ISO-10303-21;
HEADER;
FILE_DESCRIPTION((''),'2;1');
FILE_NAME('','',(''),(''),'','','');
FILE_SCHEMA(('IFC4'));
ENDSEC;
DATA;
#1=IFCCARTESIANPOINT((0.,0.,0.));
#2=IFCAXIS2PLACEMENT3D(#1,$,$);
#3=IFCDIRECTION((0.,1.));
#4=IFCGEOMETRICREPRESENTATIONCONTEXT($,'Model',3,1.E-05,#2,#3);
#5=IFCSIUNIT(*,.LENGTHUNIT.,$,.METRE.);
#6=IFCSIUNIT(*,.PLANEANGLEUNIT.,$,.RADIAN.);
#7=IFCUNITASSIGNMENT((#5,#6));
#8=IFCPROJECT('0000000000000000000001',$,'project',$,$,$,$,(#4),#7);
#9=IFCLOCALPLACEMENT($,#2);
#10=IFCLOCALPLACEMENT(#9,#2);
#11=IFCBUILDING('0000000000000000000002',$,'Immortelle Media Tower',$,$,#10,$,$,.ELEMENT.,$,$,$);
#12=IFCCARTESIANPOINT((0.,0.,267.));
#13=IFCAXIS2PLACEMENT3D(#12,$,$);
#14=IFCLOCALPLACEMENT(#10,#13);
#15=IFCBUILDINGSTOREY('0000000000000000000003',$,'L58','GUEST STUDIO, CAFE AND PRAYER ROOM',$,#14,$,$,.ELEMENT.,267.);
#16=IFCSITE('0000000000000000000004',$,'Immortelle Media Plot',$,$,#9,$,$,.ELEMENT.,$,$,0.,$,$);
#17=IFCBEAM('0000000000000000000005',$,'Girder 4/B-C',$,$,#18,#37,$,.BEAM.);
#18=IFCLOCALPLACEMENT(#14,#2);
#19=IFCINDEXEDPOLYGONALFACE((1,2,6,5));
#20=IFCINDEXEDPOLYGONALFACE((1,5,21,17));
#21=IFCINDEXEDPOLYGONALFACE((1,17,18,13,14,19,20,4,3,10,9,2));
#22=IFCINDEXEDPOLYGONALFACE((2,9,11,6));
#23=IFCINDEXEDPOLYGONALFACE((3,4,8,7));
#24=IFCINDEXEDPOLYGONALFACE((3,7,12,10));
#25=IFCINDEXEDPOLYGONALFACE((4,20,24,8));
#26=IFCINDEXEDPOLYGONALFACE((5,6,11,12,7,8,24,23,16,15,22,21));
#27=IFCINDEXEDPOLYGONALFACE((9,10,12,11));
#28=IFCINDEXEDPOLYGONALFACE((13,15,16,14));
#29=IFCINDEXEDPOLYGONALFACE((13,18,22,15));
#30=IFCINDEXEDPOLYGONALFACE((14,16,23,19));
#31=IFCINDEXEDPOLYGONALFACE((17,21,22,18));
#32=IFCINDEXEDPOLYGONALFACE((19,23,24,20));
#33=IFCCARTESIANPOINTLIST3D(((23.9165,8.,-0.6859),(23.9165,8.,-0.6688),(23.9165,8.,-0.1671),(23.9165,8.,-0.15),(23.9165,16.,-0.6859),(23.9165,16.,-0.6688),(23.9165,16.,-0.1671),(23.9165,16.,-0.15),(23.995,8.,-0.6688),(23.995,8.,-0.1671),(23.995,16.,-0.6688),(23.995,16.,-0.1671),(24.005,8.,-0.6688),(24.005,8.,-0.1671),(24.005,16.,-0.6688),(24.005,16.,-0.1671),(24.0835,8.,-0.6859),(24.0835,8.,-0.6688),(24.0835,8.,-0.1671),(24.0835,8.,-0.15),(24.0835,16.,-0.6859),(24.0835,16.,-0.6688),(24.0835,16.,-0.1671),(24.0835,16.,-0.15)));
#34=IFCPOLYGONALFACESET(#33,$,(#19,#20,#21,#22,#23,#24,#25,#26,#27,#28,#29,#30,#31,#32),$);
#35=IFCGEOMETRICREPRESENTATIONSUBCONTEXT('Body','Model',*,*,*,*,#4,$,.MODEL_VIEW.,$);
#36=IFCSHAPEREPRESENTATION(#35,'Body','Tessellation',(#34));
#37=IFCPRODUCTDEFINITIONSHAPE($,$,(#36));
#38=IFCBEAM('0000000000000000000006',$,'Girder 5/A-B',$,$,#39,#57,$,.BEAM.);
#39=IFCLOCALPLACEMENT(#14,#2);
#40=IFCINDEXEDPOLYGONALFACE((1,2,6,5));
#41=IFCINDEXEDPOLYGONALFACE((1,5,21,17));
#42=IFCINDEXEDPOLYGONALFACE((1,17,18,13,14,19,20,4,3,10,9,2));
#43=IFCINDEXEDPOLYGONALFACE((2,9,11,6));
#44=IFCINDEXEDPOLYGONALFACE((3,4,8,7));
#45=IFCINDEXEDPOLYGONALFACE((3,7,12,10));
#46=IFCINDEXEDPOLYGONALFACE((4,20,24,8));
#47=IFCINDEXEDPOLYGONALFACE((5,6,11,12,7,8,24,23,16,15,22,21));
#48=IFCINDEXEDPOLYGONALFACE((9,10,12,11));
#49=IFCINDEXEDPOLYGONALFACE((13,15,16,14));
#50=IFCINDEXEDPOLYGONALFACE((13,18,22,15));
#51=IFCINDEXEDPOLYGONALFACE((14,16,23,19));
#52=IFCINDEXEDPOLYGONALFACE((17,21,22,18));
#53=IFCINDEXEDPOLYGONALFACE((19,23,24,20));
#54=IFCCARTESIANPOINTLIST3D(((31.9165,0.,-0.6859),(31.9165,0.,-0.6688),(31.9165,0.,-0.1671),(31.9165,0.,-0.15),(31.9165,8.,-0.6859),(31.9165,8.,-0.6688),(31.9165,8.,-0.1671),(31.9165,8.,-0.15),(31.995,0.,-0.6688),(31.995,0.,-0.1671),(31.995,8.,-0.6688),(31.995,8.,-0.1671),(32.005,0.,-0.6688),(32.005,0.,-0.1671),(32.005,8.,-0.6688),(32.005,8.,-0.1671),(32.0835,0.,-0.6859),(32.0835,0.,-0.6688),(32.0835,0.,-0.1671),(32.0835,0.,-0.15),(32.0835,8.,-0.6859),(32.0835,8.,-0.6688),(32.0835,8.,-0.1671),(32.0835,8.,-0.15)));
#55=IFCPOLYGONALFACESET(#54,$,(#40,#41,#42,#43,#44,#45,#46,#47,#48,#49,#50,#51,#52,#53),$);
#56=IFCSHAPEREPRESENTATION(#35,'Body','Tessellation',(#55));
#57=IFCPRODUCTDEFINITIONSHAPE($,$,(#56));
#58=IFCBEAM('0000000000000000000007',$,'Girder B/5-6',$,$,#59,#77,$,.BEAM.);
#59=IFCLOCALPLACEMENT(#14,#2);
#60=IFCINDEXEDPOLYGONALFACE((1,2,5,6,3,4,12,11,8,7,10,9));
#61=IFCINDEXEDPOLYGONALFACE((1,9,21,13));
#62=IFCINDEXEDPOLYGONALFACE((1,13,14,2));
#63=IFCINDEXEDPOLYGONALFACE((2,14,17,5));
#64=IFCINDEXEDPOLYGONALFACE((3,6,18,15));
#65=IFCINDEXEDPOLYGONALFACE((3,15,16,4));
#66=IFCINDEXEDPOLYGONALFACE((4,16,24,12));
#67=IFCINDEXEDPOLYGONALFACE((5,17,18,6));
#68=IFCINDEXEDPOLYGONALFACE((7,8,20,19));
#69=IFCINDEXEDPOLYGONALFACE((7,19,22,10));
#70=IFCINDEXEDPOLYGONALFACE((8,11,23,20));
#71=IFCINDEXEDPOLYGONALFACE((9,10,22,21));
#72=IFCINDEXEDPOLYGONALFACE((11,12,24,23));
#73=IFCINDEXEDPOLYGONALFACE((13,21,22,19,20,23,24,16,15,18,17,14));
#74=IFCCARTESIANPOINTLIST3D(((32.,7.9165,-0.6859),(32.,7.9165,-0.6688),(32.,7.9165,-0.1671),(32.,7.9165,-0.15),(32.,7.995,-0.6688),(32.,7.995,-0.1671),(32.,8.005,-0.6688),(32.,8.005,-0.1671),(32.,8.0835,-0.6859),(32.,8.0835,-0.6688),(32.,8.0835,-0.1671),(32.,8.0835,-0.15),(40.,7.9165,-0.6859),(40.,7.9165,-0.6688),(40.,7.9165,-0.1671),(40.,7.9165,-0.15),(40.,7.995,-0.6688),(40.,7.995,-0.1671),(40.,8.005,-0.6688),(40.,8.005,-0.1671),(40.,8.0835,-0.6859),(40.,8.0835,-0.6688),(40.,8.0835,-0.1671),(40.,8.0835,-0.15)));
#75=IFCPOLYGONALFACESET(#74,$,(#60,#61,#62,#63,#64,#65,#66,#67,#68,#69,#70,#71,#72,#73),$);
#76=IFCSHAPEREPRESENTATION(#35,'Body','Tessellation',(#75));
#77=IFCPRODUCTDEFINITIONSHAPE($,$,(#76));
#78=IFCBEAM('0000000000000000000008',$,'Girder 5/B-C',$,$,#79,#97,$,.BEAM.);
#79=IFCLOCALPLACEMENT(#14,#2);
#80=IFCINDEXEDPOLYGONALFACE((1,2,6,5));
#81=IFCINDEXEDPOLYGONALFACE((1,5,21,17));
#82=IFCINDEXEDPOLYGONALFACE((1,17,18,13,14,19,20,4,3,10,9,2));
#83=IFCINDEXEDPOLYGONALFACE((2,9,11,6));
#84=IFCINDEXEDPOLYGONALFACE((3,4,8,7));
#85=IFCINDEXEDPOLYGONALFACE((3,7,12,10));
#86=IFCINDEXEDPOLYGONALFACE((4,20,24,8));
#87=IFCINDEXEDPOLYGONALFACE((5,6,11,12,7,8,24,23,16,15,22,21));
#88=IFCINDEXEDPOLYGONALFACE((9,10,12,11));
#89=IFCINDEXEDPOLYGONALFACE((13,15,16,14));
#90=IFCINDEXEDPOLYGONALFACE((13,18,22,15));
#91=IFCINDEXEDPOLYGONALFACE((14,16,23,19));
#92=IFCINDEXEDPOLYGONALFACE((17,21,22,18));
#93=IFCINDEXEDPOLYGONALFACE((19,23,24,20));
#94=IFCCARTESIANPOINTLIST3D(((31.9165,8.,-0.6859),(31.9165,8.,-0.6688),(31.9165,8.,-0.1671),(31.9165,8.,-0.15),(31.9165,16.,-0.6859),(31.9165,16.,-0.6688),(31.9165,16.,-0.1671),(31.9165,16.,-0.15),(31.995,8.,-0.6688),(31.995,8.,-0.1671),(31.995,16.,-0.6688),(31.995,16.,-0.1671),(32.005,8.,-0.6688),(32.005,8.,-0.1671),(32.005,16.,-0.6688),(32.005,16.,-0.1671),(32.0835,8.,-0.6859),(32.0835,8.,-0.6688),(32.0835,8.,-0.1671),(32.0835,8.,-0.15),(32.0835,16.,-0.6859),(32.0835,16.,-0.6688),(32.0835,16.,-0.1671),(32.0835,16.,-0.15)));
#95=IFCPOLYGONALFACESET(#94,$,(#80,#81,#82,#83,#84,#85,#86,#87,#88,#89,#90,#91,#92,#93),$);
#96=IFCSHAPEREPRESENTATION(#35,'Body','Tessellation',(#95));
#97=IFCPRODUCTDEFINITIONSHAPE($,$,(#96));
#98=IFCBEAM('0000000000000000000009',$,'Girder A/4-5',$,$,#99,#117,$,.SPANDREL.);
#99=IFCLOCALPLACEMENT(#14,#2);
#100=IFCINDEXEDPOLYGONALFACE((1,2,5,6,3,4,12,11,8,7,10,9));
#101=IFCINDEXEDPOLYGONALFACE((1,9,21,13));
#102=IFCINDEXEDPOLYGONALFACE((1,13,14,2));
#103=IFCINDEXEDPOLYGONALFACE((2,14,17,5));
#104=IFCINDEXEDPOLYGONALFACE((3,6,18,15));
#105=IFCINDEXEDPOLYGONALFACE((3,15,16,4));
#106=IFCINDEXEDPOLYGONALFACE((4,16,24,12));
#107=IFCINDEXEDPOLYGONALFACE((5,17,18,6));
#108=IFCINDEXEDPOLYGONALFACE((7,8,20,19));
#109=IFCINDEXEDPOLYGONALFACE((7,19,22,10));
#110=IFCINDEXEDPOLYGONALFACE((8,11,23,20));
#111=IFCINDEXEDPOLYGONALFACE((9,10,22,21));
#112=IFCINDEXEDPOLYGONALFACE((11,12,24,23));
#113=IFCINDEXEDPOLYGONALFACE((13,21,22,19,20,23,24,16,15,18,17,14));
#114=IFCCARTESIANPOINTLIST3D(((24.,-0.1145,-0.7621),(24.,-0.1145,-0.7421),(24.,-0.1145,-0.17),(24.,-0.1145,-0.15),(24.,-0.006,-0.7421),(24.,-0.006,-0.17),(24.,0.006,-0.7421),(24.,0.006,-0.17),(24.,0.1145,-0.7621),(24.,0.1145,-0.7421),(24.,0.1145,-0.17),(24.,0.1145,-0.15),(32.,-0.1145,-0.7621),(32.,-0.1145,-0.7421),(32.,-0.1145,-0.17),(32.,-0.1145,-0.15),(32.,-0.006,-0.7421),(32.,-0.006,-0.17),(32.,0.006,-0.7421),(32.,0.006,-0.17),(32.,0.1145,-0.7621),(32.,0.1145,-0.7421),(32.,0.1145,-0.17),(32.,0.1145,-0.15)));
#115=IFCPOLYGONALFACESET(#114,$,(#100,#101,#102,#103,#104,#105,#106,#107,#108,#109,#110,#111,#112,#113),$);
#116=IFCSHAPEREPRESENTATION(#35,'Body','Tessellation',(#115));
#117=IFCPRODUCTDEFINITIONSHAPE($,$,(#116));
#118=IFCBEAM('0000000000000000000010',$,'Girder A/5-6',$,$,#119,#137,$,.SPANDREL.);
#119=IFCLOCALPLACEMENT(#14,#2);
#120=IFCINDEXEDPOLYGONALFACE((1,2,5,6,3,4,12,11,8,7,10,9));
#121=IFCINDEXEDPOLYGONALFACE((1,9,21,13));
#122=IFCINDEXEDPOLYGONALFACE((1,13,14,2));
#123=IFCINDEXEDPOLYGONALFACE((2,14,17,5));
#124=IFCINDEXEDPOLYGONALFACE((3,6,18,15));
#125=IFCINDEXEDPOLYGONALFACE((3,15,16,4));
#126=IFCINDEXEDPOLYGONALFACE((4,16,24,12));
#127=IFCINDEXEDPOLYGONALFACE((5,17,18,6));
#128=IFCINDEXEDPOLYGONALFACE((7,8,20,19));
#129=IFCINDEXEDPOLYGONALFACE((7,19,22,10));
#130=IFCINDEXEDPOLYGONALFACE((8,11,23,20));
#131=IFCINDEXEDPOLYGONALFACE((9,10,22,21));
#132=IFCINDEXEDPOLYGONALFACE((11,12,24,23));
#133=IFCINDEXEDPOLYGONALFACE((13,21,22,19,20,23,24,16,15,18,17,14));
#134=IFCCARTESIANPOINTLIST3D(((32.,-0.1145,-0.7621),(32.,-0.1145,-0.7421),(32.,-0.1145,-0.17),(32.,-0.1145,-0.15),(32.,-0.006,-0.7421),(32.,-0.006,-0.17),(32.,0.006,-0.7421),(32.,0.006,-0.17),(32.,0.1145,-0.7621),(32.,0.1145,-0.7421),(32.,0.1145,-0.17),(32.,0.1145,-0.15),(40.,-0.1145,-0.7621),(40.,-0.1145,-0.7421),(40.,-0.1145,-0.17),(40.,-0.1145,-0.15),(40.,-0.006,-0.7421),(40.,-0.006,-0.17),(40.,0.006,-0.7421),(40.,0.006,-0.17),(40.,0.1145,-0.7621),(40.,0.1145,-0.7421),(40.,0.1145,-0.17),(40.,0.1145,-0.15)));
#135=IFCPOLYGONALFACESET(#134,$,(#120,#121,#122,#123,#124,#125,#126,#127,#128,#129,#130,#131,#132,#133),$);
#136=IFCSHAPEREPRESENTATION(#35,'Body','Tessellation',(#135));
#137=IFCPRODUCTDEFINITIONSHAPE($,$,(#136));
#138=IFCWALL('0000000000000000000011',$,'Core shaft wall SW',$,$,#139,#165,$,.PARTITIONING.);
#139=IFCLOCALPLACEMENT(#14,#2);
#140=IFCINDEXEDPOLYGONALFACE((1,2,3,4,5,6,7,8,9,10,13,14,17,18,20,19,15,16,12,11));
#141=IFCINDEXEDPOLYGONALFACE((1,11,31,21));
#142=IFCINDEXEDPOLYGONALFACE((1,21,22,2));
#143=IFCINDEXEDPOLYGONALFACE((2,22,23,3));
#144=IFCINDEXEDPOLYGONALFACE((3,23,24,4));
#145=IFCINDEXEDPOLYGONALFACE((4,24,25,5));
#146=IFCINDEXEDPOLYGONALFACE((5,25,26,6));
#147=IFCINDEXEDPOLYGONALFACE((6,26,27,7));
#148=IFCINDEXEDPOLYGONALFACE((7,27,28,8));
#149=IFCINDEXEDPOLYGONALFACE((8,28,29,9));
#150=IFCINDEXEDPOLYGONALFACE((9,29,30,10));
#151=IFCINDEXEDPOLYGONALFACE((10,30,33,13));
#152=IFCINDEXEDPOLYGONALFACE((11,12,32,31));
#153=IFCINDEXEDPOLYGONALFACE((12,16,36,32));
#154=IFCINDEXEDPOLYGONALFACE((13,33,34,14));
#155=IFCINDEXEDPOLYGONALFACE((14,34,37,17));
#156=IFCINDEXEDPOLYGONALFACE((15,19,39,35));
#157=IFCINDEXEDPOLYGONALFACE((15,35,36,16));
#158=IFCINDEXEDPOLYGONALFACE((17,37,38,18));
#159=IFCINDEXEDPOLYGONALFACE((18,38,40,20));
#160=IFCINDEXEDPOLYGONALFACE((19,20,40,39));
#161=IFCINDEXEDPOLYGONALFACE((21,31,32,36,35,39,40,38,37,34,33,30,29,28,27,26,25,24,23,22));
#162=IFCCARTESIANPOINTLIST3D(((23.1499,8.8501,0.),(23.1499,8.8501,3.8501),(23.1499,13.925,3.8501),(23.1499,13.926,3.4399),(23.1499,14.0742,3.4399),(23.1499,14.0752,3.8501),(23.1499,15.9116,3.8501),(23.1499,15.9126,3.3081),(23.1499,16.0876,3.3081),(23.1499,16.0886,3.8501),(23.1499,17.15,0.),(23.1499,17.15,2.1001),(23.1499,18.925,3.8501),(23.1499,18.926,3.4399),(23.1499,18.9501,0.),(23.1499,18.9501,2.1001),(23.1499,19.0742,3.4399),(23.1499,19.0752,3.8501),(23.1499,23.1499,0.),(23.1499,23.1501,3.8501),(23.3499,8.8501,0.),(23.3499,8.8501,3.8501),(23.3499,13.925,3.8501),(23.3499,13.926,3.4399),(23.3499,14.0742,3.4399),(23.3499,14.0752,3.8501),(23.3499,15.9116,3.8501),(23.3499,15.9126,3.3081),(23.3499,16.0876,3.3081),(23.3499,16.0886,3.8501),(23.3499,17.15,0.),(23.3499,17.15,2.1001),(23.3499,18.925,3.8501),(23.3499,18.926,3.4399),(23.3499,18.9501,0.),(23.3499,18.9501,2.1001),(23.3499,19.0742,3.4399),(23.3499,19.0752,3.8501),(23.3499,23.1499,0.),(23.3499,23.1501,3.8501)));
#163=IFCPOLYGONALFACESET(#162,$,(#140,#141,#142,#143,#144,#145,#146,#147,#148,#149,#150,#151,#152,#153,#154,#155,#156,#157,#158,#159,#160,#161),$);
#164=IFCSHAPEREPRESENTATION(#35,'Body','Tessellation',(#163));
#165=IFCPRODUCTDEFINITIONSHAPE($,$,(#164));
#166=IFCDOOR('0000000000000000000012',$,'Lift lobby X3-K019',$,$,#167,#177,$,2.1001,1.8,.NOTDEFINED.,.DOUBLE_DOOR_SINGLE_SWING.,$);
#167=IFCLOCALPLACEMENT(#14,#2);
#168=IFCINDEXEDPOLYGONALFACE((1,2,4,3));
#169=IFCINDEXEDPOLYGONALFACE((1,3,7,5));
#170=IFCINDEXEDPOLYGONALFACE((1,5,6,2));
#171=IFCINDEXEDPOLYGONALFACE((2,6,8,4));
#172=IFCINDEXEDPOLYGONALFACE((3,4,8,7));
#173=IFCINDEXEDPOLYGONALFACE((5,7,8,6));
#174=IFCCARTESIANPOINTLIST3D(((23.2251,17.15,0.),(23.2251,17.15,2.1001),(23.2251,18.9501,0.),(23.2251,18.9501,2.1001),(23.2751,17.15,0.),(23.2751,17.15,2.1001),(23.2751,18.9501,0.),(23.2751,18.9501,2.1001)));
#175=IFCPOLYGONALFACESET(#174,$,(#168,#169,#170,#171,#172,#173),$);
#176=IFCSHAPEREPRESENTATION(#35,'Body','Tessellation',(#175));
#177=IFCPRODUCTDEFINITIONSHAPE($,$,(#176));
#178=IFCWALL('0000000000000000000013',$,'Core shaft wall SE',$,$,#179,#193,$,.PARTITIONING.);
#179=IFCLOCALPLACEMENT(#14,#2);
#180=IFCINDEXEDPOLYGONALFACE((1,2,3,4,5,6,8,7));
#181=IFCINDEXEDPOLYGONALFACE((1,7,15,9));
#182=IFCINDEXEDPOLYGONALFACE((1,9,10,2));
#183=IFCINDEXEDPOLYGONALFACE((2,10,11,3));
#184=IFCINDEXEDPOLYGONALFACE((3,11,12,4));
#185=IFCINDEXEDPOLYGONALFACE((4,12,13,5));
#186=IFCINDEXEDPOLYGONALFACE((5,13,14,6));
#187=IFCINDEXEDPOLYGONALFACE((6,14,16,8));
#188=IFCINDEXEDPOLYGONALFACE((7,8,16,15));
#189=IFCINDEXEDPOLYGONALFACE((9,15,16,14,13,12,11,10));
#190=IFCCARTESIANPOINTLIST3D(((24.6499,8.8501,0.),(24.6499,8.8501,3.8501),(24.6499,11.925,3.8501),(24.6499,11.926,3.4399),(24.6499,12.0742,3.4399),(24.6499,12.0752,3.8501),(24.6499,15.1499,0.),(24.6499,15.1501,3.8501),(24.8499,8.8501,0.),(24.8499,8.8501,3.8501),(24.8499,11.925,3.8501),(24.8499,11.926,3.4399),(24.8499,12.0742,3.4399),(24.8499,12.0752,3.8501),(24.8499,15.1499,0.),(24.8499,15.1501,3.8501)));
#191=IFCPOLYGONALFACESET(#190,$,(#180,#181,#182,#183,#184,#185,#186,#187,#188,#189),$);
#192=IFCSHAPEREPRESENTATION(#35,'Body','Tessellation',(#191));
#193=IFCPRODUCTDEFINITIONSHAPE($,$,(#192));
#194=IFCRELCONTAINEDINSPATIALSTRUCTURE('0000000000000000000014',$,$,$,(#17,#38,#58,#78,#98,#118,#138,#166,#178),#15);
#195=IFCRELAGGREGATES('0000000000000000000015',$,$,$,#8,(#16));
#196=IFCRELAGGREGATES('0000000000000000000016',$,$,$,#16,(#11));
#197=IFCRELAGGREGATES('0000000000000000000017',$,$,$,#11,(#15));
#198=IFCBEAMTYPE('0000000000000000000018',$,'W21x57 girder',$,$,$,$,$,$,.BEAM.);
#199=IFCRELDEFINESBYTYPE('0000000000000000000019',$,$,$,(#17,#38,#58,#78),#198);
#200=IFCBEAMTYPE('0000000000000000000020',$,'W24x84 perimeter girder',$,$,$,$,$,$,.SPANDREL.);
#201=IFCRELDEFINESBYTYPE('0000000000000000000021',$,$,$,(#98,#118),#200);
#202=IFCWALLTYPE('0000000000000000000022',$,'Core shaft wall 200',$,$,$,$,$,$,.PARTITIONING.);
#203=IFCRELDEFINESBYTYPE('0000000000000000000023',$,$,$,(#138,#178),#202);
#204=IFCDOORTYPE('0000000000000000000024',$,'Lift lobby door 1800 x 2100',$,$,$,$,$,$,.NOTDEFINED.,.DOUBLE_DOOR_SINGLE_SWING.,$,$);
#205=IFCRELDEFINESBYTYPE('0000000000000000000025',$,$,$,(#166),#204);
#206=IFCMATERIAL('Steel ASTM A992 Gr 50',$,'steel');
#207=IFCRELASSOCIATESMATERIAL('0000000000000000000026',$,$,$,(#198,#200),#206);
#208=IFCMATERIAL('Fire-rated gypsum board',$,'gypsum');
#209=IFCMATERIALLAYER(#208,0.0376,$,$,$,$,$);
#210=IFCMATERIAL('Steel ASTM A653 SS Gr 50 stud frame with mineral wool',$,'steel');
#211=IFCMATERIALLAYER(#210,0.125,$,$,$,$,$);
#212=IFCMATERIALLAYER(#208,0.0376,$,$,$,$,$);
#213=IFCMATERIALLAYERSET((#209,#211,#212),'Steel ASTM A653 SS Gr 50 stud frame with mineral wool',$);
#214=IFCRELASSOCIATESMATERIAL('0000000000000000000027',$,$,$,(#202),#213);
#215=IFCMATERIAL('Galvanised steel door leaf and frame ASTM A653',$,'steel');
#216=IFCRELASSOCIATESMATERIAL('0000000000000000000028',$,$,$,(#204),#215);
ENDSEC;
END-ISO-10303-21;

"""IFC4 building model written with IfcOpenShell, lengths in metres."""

from ifc_helpers import new_model, si_unit, direction, frame, frame_2d, origin, origin_2d, place, context, subcontext, project, spatial, polyline, rectangle, i_section, outline, extrude, material, layer, layer_set, material_profile, profile_set, type_object, element, fill, save


model = new_model("IFC4")

# Units and contexts
model_context = context("Model", 3, precision=1e-05, world=origin(), true_north=direction((0.0, 1.0)))
body_context = subcontext(model_context, "Body", "Model", "MODEL_VIEW")
ifc_project = project(units=[si_unit("LENGTHUNIT", "METRE"), si_unit("PLANEANGLEUNIT", "RADIAN")], contexts=[model_context])

# Site, building, storey
site_placement = place(None, origin())
site = spatial("IfcSite", under=ifc_project, at=site_placement, Name="Immortelle Media Plot", CompositionType="ELEMENT", RefElevation=0.0)
building_placement = place(site_placement, origin())
building = spatial("IfcBuilding", under=site, at=building_placement, Name="Immortelle Media Tower", CompositionType="ELEMENT")
storey_placement = place(building_placement, frame((0.0, 0.0, 267.0)))
storey = spatial("IfcBuildingStorey", under=building, at=storey_placement, Name="L58", Description="GUEST STUDIO, CAFE AND PRAYER ROOM", CompositionType="ELEMENT", Elevation=267.0)

# Shared definitions
ifc_material_1 = material(Name="Steel ASTM A992 Gr 50", Category="steel")

# Beams
ifc_material_profile_1 = material_profile(ifc_material_1, i_section(OverallWidth=0.167, OverallDepth=0.5359, WebThickness=0.01, FlangeThickness=0.0171, at=origin_2d()), Name="W21x57")
ifc_profile_set_1 = profile_set([ifc_material_profile_1], Name="Steel ASTM A992 Gr 50")
beam_type_1 = type_object("IfcBeamType", Name="W21x57 girder", PredefinedType="BEAM", material=ifc_profile_set_1)
for number, where, z_axis, x_axis, name in (
    (1, (24.0, 8.0, -0.418), (0.0, 1.0, 0.0), (-1.0, 0.0, 0.0), "Girder 4/B-C"),
    (2, (32.0, 0.0, -0.418), (0.0, 1.0, 0.0), (-1.0, 0.0, 0.0), "Girder 5/A-B"),
    (3, (32.0, 8.0, -0.418), (1.0, 0.0, 0.0), (0.0, 1.0, 0.0), "Girder B/5-6"),
    (4, (32.0, 8.0, -0.418), (0.0, 1.0, 0.0), (-1.0, 0.0, 0.0), "Girder 5/B-C"),
):
    element("IfcBeam", number, at=place(storey_placement, frame(where, z_axis=z_axis, x_axis=x_axis)), inside=storey, type_object=beam_type_1, Name=name, PredefinedType="BEAM", context=body_context, shape_type="SweptSolid", body=[
        extrude(i_section(OverallWidth=0.167, OverallDepth=0.5359, WebThickness=0.01, FlangeThickness=0.0171, at=origin_2d()), origin(), (0.0, 0.0, 1.0), 8.0),
    ])
ifc_material_profile_2 = material_profile(ifc_material_1, i_section(OverallWidth=0.229, OverallDepth=0.6121, WebThickness=0.012, FlangeThickness=0.02, at=origin_2d()), Name="W24x84")
ifc_profile_set_2 = profile_set([ifc_material_profile_2], Name="Steel ASTM A992 Gr 50")
beam_type_2 = type_object("IfcBeamType", Name="W24x84 perimeter girder", PredefinedType="SPANDREL", material=ifc_profile_set_2)
for number, where, z_axis, x_axis, name in (
    (5, (24.0, 0.0, -0.4561), (1.0, 0.0, 0.0), (0.0, 1.0, 0.0), "Girder A/4-5"),
    (6, (32.0, 0.0, -0.4561), (1.0, 0.0, 0.0), (0.0, 1.0, 0.0), "Girder A/5-6"),
):
    element("IfcBeam", number, at=place(storey_placement, frame(where, z_axis=z_axis, x_axis=x_axis)), inside=storey, type_object=beam_type_2, Name=name, PredefinedType="SPANDREL", context=body_context, shape_type="SweptSolid", body=[
        extrude(i_section(OverallWidth=0.229, OverallDepth=0.6121, WebThickness=0.012, FlangeThickness=0.02, at=origin_2d()), origin(), (0.0, 0.0, 1.0), 8.0),
    ])

# Wall, opening, door
ifc_material_2 = material(Name="Fire-rated gypsum board", Category="gypsum")
ifc_layer_1 = layer(ifc_material_2, 0.0376)
ifc_material_3 = material(Name="Steel ASTM A653 SS Gr 50 stud frame with mineral wool", Category="steel")
ifc_layer_2 = layer(ifc_material_3, 0.125)
ifc_layer_3 = layer(ifc_material_2, 0.0376)
ifc_layer_set_1 = layer_set([ifc_layer_1, ifc_layer_2, ifc_layer_3], Name="Steel ASTM A653 SS Gr 50 stud frame with mineral wool")
wall_type_1 = type_object("IfcWallType", Name="Core shaft wall 200", PredefinedType="PARTITIONING", material=ifc_layer_set_1)
wall_1_placement = place(storey_placement, frame((23.25, 8.8501, 0.0), z_axis=(0.0, 0.0, 1.0), x_axis=(0.0, 1.0, 0.0)))
wall_1 = element("IfcWall", 7, at=wall_1_placement, inside=storey, type_object=wall_type_1, Name="Core shaft wall SW", PredefinedType="PARTITIONING", context=body_context, shape_type="SweptSolid", body=[
    extrude(outline(polyline([(0.0, 0.0), (14.2998, 0.0), (14.3, 3.8501), (10.2251, 3.8501), (10.2241, 3.4399), (10.0759, 3.4399), (10.075, 3.8501), (7.2385, 3.8501), (7.2375, 3.3081), (7.0625, 3.3081), (7.0615, 3.8501), (5.2251, 3.8501), (5.2241, 3.4399), (5.0759, 3.4399), (5.075, 3.8501), (0.0, 3.8501), (0.0, 0.0)])), frame((0.0, 0.1001, 0.0), z_axis=(0.0, -1.0, 0.0), x_axis=(1.0, 0.0, 0.0)), (0.0, 0.0, 1.0), 0.2),
])
opening_1_placement = place(wall_1_placement, frame((8.3, 0.0, 0.0)))
opening_1 = element("IfcOpeningElement", 8, at=opening_1_placement, cuts=wall_1, PredefinedType="OPENING", context=body_context, shape_type="SweptSolid", body=[
    extrude(rectangle(XDim=1.8, YDim=2.1001, at=frame_2d((0.8999, 1.05))), frame((0.0, 0.1099, 0.0), z_axis=(0.0, -1.0, 0.0), x_axis=(1.0, 0.0, 0.0)), (0.0, 0.0, 1.0), 0.22),
])
ifc_material_4 = material(Name="Galvanised steel door leaf and frame ASTM A653", Category="steel")
door_type_1 = type_object("IfcDoorType", Name="Lift lobby door 1800 x 2100", OperationType="DOUBLE_DOOR_SINGLE_SWING", PredefinedType="NOTDEFINED", material=ifc_material_4)
door_1_placement = place(opening_1_placement, origin())
door_1 = element("IfcDoor", 9, at=door_1_placement, inside=storey, type_object=door_type_1, Name="Lift lobby X3-K019", OperationType="DOUBLE_DOOR_SINGLE_SWING", OverallHeight=2.1001, OverallWidth=1.8, PredefinedType="NOTDEFINED", context=body_context, shape_type="SweptSolid", body=[
    extrude(rectangle(XDim=1.8, YDim=2.1001, at=frame_2d((0.8999, 1.05))), frame((0.0, 0.0249, 0.0), z_axis=(0.0, -1.0, 0.0), x_axis=(1.0, 0.0, 0.0)), (0.0, 0.0, 1.0), 0.05),
])
fill(opening_1, door_1)

# Wall
wall_2_placement = place(storey_placement, frame((24.75, 8.8501, 0.0), z_axis=(0.0, 0.0, 1.0), x_axis=(0.0, 1.0, 0.0)))
element("IfcWall", 10, at=wall_2_placement, inside=storey, type_object=wall_type_1, Name="Core shaft wall SE", PredefinedType="PARTITIONING", context=body_context, shape_type="SweptSolid", body=[
    extrude(outline(polyline([(0.0, 0.0), (6.2998, 0.0), (6.3, 3.8501), (3.2251, 3.8501), (3.2241, 3.4399), (3.0759, 3.4399), (3.075, 3.8501), (0.0, 3.8501), (0.0, 0.0)])), frame((0.0, 0.1001, 0.0), z_axis=(0.0, -1.0, 0.0), x_axis=(1.0, 0.0, 0.0)), (0.0, 0.0, 1.0), 0.2),
])

save(model, "model.ifc")
